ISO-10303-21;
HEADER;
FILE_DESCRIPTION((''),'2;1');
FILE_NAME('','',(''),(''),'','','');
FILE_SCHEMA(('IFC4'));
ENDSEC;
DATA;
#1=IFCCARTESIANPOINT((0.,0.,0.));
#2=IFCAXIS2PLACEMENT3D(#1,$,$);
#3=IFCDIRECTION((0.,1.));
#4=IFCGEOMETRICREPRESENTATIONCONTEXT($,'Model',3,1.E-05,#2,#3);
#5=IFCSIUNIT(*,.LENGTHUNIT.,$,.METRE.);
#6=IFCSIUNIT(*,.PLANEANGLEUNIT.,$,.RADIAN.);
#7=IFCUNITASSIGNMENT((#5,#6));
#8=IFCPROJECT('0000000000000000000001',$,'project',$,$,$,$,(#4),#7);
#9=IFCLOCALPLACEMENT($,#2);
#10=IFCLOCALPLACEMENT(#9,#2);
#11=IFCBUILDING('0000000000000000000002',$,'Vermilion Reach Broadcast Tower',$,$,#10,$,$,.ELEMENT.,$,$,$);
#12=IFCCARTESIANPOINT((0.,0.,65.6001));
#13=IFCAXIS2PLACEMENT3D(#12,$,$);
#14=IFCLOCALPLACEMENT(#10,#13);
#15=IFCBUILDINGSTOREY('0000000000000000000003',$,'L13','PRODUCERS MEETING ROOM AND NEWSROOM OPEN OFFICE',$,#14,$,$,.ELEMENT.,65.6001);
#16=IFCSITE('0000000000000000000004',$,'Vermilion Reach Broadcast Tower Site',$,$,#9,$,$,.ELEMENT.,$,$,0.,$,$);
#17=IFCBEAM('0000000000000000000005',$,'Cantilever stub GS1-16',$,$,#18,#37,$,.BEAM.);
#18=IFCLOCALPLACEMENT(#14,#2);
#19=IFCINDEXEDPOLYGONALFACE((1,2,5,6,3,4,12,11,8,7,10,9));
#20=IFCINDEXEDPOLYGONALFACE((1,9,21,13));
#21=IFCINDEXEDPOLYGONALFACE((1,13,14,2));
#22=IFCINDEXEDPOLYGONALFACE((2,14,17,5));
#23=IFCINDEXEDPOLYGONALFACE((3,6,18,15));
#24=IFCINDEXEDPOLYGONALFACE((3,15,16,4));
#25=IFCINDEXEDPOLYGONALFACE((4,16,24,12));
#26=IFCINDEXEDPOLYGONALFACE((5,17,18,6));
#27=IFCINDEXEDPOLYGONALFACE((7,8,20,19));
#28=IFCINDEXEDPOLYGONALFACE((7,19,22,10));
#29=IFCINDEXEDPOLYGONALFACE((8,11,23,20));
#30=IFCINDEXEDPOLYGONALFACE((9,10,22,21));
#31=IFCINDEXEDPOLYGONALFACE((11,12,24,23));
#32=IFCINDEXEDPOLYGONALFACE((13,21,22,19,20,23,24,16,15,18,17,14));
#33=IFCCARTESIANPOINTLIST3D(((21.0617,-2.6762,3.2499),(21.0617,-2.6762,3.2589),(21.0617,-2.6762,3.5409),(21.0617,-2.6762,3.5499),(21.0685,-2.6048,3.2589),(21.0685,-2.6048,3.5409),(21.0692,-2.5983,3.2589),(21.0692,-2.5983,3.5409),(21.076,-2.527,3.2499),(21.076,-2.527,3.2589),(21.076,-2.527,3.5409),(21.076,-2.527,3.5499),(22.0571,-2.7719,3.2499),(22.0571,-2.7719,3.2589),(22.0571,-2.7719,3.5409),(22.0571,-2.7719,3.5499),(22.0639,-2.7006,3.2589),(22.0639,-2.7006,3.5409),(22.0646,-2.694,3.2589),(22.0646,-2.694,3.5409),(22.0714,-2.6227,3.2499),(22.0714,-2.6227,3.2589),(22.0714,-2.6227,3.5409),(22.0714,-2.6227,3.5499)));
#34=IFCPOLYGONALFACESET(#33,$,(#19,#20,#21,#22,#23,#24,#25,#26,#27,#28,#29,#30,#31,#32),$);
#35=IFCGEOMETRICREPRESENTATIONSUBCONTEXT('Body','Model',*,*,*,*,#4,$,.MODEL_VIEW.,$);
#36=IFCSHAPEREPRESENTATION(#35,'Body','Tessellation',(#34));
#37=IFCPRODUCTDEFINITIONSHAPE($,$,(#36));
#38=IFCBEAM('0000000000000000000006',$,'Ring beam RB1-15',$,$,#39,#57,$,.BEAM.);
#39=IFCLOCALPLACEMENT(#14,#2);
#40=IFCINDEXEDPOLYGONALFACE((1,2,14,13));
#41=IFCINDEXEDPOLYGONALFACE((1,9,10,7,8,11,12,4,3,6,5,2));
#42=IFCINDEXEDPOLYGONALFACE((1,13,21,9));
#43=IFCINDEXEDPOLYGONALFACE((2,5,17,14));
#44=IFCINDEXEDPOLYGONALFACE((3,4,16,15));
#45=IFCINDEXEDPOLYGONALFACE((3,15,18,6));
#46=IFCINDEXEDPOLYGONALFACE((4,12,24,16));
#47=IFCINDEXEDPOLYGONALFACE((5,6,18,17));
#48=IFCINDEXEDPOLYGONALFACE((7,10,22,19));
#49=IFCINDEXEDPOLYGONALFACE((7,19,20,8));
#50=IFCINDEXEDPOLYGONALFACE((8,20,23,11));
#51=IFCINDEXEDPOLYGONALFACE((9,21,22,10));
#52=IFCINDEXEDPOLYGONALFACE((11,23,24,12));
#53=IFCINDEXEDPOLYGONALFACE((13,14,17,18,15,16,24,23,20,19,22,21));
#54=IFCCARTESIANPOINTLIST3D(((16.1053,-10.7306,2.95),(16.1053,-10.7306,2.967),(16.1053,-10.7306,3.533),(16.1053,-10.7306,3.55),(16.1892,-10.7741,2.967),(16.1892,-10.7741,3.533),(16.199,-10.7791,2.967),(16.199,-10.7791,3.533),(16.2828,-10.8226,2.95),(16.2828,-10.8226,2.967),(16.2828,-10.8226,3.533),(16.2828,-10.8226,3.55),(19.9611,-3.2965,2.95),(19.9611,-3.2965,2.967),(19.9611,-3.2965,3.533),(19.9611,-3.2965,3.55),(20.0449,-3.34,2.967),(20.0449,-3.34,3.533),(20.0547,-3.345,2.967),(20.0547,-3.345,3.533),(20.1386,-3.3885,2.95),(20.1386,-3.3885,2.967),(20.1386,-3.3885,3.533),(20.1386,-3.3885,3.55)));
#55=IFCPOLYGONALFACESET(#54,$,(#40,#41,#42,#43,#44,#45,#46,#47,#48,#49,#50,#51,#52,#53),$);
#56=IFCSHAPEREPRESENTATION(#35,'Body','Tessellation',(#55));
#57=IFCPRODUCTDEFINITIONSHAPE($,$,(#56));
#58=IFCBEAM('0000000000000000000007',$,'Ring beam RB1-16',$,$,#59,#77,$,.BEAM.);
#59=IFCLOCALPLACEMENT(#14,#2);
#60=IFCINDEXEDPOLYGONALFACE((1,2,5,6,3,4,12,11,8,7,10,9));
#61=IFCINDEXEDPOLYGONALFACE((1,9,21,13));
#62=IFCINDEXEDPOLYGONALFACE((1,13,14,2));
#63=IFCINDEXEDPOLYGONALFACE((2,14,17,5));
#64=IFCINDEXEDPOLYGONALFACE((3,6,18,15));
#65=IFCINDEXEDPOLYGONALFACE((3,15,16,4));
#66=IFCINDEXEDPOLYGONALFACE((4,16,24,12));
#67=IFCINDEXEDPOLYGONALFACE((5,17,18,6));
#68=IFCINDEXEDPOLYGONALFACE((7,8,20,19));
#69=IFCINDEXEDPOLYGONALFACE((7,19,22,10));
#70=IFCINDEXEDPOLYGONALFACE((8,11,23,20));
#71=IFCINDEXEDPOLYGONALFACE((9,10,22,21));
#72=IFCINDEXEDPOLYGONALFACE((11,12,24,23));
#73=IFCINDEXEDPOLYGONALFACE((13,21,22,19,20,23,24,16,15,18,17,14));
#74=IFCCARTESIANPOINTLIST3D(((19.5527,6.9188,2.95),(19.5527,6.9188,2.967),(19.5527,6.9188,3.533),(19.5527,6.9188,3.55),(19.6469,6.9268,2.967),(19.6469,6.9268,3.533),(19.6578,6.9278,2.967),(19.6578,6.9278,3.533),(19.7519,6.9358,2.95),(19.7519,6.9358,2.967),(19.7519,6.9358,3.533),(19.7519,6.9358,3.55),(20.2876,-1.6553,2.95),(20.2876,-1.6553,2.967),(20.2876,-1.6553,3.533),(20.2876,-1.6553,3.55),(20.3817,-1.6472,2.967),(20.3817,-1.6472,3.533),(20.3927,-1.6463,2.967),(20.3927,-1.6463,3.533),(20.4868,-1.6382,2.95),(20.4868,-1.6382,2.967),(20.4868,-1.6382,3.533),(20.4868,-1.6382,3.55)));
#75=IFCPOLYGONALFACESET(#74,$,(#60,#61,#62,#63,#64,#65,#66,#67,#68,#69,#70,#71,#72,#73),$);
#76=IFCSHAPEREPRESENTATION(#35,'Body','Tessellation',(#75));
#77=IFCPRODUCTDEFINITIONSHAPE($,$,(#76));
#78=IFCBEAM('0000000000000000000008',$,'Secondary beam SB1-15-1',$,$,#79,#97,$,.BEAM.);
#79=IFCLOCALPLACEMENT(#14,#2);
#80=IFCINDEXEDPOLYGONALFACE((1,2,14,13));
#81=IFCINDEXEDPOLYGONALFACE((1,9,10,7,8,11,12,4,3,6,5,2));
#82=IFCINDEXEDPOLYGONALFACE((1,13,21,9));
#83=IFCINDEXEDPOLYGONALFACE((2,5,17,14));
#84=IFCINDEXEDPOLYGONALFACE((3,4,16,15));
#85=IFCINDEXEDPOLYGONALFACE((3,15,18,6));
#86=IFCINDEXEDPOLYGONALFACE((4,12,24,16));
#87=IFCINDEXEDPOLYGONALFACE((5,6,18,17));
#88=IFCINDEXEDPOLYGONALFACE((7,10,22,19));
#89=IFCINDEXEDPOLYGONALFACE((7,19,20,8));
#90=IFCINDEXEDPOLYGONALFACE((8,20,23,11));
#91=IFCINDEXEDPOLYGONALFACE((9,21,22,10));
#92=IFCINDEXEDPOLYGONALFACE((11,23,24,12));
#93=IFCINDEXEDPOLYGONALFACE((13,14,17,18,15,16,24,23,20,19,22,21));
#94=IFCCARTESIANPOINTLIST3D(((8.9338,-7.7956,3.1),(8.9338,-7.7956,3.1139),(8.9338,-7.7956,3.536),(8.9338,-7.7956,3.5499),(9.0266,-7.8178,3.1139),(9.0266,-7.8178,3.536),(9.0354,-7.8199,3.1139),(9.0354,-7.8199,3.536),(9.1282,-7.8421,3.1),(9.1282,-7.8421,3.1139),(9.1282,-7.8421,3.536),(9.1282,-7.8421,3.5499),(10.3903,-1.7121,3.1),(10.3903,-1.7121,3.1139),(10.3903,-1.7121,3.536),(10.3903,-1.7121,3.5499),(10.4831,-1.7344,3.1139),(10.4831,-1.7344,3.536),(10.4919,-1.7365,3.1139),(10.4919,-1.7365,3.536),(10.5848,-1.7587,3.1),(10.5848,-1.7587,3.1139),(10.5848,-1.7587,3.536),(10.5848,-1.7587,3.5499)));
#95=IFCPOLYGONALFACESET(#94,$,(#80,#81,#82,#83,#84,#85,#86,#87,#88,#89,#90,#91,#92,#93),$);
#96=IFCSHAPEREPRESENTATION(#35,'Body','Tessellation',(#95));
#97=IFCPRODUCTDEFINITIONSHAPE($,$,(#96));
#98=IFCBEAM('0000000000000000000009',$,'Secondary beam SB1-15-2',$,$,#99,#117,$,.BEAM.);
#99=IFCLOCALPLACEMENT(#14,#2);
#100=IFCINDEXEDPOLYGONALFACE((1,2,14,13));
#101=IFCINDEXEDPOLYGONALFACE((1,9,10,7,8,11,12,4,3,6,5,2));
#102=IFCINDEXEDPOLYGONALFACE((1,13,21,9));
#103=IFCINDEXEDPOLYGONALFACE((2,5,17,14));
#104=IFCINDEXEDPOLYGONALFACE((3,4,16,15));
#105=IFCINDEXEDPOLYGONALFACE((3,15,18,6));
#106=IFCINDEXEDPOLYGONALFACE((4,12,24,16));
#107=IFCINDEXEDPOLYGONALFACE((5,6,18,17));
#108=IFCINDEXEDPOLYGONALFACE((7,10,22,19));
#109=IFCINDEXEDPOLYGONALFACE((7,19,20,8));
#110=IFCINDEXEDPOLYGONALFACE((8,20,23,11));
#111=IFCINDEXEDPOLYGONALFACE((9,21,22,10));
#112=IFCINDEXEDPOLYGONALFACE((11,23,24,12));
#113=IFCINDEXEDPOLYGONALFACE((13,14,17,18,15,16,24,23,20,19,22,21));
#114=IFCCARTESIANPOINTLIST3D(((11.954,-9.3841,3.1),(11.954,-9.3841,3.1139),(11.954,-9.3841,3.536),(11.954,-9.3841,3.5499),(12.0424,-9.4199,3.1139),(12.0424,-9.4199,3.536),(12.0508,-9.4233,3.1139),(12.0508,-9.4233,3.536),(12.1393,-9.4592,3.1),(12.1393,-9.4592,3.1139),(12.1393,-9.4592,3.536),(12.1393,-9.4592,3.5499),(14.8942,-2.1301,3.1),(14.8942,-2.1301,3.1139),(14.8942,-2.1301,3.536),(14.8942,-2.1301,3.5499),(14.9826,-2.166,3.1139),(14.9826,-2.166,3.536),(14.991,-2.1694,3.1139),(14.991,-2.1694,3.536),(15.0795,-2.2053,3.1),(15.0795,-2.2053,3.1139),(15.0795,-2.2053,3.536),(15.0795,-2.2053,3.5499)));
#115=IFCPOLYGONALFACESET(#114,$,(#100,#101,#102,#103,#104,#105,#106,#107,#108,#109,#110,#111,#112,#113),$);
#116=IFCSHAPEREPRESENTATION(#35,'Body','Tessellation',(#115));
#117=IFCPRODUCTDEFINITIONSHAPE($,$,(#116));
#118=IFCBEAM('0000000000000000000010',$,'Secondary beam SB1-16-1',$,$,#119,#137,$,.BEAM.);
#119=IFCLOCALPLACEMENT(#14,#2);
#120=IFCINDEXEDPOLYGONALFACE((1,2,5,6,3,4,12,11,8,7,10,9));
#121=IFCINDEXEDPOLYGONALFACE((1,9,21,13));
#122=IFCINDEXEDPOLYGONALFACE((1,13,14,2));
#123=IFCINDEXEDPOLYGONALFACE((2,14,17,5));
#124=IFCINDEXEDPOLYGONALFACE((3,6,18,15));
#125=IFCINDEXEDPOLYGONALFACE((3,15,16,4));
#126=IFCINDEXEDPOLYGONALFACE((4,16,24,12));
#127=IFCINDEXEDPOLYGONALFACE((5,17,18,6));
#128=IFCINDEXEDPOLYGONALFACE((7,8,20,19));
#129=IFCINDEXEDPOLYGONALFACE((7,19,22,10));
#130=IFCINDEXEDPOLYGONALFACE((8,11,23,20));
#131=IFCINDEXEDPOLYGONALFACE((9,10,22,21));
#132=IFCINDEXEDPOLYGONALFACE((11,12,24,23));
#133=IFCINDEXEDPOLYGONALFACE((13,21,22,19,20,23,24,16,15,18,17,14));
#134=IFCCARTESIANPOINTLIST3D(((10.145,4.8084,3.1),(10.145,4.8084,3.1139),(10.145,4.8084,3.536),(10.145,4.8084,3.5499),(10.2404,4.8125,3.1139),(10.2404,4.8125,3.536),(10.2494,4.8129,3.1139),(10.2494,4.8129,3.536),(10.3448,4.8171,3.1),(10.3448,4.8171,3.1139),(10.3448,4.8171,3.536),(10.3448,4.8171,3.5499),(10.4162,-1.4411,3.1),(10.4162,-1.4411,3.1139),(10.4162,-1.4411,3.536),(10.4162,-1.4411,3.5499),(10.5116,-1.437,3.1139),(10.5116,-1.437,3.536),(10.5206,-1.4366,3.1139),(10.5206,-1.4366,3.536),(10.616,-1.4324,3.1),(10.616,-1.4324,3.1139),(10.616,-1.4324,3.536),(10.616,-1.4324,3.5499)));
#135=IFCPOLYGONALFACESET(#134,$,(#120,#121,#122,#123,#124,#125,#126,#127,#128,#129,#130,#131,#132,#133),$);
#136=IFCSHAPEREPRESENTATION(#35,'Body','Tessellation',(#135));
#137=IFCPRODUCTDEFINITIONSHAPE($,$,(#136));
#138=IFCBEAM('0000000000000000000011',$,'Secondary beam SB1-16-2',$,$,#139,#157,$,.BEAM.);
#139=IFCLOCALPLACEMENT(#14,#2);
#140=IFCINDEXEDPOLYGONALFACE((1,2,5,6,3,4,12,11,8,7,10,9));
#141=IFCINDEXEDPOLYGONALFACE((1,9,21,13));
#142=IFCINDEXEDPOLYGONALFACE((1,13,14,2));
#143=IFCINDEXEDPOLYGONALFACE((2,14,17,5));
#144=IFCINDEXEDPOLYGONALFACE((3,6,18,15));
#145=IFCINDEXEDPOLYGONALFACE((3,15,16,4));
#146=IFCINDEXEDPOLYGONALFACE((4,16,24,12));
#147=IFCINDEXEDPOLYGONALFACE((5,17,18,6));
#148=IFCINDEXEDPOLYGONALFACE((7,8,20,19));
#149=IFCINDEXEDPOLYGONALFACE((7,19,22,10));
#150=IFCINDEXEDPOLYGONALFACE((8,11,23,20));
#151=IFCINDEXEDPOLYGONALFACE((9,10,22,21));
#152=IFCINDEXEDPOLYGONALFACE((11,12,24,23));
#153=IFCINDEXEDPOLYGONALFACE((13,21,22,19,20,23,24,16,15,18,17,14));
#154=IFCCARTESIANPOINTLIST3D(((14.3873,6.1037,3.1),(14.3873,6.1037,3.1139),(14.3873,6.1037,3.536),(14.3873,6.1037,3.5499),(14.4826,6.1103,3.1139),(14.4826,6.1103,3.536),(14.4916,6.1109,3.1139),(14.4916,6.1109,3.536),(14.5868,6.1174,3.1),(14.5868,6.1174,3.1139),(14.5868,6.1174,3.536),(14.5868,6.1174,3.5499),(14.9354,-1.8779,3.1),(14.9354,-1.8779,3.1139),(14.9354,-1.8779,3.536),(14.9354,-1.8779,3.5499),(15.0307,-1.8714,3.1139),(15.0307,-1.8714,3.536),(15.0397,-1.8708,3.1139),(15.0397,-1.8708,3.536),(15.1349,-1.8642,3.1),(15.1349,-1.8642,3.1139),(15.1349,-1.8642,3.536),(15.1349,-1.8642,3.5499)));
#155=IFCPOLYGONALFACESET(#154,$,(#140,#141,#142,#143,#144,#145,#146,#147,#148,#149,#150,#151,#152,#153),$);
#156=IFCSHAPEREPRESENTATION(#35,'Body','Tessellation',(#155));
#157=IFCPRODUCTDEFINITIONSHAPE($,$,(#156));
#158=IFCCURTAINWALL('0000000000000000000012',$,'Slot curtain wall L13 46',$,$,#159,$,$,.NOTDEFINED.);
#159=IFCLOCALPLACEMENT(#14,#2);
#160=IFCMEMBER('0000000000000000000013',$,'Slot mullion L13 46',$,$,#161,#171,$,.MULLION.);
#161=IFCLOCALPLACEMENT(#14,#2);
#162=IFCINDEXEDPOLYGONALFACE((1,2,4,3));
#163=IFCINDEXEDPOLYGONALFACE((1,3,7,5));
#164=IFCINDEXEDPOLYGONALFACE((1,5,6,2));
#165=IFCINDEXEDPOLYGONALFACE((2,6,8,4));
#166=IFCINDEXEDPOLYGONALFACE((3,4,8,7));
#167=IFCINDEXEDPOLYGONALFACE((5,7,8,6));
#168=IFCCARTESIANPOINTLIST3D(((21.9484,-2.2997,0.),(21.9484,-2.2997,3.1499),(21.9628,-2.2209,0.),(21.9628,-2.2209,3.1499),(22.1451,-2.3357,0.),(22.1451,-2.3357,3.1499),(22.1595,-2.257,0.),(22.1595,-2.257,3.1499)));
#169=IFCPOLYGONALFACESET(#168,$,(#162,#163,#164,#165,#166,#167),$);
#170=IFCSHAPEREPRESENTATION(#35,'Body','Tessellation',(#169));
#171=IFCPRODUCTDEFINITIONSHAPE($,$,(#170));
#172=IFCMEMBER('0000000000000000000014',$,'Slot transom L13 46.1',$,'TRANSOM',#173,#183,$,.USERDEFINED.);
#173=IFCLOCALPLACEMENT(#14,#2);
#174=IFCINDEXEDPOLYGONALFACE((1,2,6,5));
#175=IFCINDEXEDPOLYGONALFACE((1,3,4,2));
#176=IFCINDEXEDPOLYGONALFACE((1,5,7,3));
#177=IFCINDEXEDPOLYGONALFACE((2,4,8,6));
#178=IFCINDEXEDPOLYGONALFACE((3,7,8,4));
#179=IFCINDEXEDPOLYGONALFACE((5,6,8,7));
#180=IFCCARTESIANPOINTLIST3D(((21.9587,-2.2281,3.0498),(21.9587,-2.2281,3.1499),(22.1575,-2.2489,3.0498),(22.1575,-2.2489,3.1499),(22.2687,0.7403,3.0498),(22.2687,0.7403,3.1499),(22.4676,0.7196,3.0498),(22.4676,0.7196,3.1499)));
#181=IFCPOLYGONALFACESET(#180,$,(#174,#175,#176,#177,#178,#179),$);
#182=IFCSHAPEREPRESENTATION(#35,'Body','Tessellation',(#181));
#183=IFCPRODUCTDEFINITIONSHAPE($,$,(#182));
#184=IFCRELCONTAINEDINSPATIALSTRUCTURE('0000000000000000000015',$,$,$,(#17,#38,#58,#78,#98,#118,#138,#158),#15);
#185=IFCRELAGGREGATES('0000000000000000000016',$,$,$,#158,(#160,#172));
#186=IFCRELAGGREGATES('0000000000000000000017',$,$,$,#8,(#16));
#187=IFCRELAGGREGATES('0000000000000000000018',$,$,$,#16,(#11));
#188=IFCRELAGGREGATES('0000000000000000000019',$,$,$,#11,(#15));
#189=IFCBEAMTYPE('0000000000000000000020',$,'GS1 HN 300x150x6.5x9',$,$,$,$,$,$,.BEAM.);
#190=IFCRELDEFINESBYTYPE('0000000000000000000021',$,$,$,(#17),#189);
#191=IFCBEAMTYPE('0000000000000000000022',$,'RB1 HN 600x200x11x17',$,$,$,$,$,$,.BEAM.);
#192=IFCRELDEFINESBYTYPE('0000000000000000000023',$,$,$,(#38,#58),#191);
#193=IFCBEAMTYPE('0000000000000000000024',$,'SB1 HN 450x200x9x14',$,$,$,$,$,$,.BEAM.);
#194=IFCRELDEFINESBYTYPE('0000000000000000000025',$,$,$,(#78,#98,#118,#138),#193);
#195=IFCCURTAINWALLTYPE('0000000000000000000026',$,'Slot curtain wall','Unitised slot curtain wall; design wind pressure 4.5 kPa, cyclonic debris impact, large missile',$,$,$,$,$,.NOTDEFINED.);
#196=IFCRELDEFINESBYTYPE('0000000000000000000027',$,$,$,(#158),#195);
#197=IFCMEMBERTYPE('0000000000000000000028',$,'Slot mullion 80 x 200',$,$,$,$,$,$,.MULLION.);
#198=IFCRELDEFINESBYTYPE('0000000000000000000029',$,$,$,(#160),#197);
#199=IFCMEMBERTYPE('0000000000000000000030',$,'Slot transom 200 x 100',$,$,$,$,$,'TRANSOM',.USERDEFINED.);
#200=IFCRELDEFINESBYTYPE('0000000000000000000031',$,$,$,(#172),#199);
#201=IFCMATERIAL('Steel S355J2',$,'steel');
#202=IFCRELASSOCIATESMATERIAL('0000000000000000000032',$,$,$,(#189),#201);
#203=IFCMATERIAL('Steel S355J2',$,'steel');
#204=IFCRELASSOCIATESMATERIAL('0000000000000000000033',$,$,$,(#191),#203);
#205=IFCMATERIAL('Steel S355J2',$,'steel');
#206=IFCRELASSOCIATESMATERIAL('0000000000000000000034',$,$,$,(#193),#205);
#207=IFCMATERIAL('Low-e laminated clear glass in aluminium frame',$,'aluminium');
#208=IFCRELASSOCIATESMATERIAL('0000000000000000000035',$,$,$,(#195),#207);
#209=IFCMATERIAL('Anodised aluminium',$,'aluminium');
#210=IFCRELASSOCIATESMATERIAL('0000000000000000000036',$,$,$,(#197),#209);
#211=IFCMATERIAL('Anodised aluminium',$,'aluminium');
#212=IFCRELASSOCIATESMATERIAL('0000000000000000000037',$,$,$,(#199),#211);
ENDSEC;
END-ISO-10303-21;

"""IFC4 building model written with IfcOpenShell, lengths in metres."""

from ifc_helpers import new_model, si_unit, direction, frame, origin, origin_2d, place, context, subcontext, project, spatial, rectangle, i_section, extrude, material, material_profile, profile_set, type_object, element, aggregate, save


model = new_model("IFC4")

# Units and contexts
model_context = context("Model", 3, precision=1e-05, world=origin(), true_north=direction((0.0, 1.0)))
body_context = subcontext(model_context, "Body", "Model", "MODEL_VIEW")
ifc_project = project(units=[si_unit("LENGTHUNIT", "METRE"), si_unit("PLANEANGLEUNIT", "RADIAN")], contexts=[model_context])

# Site, building, storey
site_placement = place(None, origin())
site = spatial("IfcSite", under=ifc_project, at=site_placement, Name="Vermilion Reach Broadcast Tower Site", CompositionType="ELEMENT", RefElevation=0.0)
building_placement = place(site_placement, origin())
building = spatial("IfcBuilding", under=site, at=building_placement, Name="Vermilion Reach Broadcast Tower", CompositionType="ELEMENT")
storey_placement = place(building_placement, frame((0.0, 0.0, 65.6001)))
storey = spatial("IfcBuildingStorey", under=building, at=storey_placement, Name="L13", Description="PRODUCERS MEETING ROOM AND NEWSROOM OPEN OFFICE", CompositionType="ELEMENT", Elevation=65.6001)

# Beams
ifc_material_1 = material(Name="Steel S355J2", Category="steel")
ifc_material_profile_1 = material_profile(ifc_material_1, i_section(OverallWidth=0.1499, OverallDepth=0.3, WebThickness=0.0066, FlangeThickness=0.009, at=origin_2d()), Name="S355J2 HN 300x150x6.5x9")
ifc_profile_set_1 = profile_set([ifc_material_profile_1], Name="Steel S355J2")
beam_type_1 = type_object("IfcBeamType", Name="GS1 HN 300x150x6.5x9", PredefinedType="BEAM", material=ifc_profile_set_1)
beam_1_placement = place(storey_placement, frame((21.0688, -2.6016, 3.3999), z_axis=(0.995409, -0.095708, 0.0), x_axis=(0.095708, 0.995409, 0.0)))
element("IfcBeam", 1, at=beam_1_placement, inside=storey, type_object=beam_type_1, Name="Cantilever stub GS1-16", PredefinedType="BEAM", context=body_context, shape_type="SweptSolid", body=[
    extrude(i_section(OverallWidth=0.1499, OverallDepth=0.3, WebThickness=0.0066, FlangeThickness=0.009, at=origin_2d()), origin(), (0.0, 0.0, 1.0), 1.0),
])
ifc_material_2 = material(Name="Steel S355J2", Category="steel")
ifc_material_profile_2 = material_profile(ifc_material_2, i_section(OverallWidth=0.2, OverallDepth=0.6001, WebThickness=0.011, FlangeThickness=0.0171, at=origin_2d()), Name="S355J2 HN 600x200x11x17")
ifc_profile_set_2 = profile_set([ifc_material_profile_2], Name="Steel S355J2")
beam_type_2 = type_object("IfcBeamType", Name="RB1 HN 600x200x11x17", PredefinedType="BEAM", material=ifc_profile_set_2)
beam_2_placement = place(storey_placement, frame((16.1941, -10.7766, 3.25), z_axis=(0.460412, 0.887706, 0.0), x_axis=(-0.887706, 0.460412, 0.0)))
element("IfcBeam", 2, at=beam_2_placement, inside=storey, type_object=beam_type_2, Name="Ring beam RB1-15", PredefinedType="BEAM", context=body_context, shape_type="SweptSolid", body=[
    extrude(i_section(OverallWidth=0.2, OverallDepth=0.6001, WebThickness=0.011, FlangeThickness=0.0171, at=origin_2d()), origin(), (0.0, 0.0, 1.0), 8.3745),
])
beam_3_placement = place(storey_placement, frame((20.3872, -1.6467, 3.25), z_axis=(-0.085396, 0.996347, 0.0), x_axis=(-0.996347, -0.085396, 0.0)))
element("IfcBeam", 3, at=beam_3_placement, inside=storey, type_object=beam_type_2, Name="Ring beam RB1-16", PredefinedType="BEAM", context=body_context, shape_type="SweptSolid", body=[
    extrude(i_section(OverallWidth=0.2, OverallDepth=0.6001, WebThickness=0.011, FlangeThickness=0.0171, at=origin_2d()), origin(), (0.0, 0.0, 1.0), 8.6055),
])
ifc_material_3 = material(Name="Steel S355J2", Category="steel")
ifc_material_profile_3 = material_profile(ifc_material_3, i_section(OverallWidth=0.2, OverallDepth=0.45, WebThickness=0.009, FlangeThickness=0.0139, at=origin_2d()), Name="S355J2 HN 450x200x9x14")
ifc_profile_set_3 = profile_set([ifc_material_profile_3], Name="Steel S355J2")
beam_type_3 = type_object("IfcBeamType", Name="SB1 HN 450x200x9x14", PredefinedType="BEAM", material=ifc_profile_set_3)
beam_4_placement = place(storey_placement, frame((9.031, -7.8188, 3.325), z_axis=(0.232844, 0.972514, 0.0), x_axis=(-0.972514, 0.232844, 0.0)))
element("IfcBeam", 4, at=beam_4_placement, inside=storey, type_object=beam_type_3, Name="Secondary beam SB1-15-1", PredefinedType="BEAM", context=body_context, shape_type="SweptSolid", body=[
    extrude(i_section(OverallWidth=0.2, OverallDepth=0.45, WebThickness=0.009, FlangeThickness=0.0139, at=origin_2d()), origin(), (0.0, 0.0, 1.0), 6.2554),
])
beam_5_placement = place(storey_placement, frame((12.0466, -9.4216, 3.325), z_axis=(0.375641, 0.926765, 0.0), x_axis=(-0.926765, 0.375641, 0.0)))
element("IfcBeam", 5, at=beam_5_placement, inside=storey, type_object=beam_type_3, Name="Secondary beam SB1-15-2", PredefinedType="BEAM", context=body_context, shape_type="SweptSolid", body=[
    extrude(i_section(OverallWidth=0.2, OverallDepth=0.45, WebThickness=0.009, FlangeThickness=0.0139, at=origin_2d()), origin(), (0.0, 0.0, 1.0), 7.8271),
])
beam_6_placement = place(storey_placement, frame((10.5161, -1.4368, 3.325), z_axis=(-0.043361, 0.999059, 0.0), x_axis=(-0.999059, -0.043361, 0.0)))
element("IfcBeam", 6, at=beam_6_placement, inside=storey, type_object=beam_type_3, Name="Secondary beam SB1-16-1", PredefinedType="BEAM", context=body_context, shape_type="SweptSolid", body=[
    extrude(i_section(OverallWidth=0.2, OverallDepth=0.45, WebThickness=0.009, FlangeThickness=0.0139, at=origin_2d()), origin(), (0.0, 0.0, 1.0), 6.2554),
])
beam_7_placement = place(storey_placement, frame((15.0352, -1.8711, 3.325), z_axis=(-0.068508, 0.997651, 0.0), x_axis=(-0.997651, -0.068508, 0.0)))
element("IfcBeam", 7, at=beam_7_placement, inside=storey, type_object=beam_type_3, Name="Secondary beam SB1-16-2", PredefinedType="BEAM", context=body_context, shape_type="SweptSolid", body=[
    extrude(i_section(OverallWidth=0.2, OverallDepth=0.45, WebThickness=0.009, FlangeThickness=0.0139, at=origin_2d()), origin(), (0.0, 0.0, 1.0), 8.0005),
])

# Curtain wall, members
ifc_material_4 = material(Name="Low-e laminated clear glass in aluminium frame", Category="aluminium")
curtain_wall_type = type_object("IfcCurtainWallType", Name="Slot curtain wall", Description="Unitised slot curtain wall; design wind pressure 4.5 kPa, cyclonic debris impact, large missile", PredefinedType="NOTDEFINED", material=ifc_material_4)
curtain_wall_placement = place(storey_placement, origin())
curtain_wall = element("IfcCurtainWall", 8, at=curtain_wall_placement, inside=storey, type_object=curtain_wall_type, Name="Slot curtain wall L13 46", PredefinedType="NOTDEFINED")
ifc_material_5 = material(Name="Anodised aluminium", Category="aluminium")
ifc_material_profile_4 = material_profile(ifc_material_5, rectangle(XDim=0.2, YDim=0.0801, at=origin_2d()), Name="Slot mullion 80 x 200")
ifc_profile_set_4 = profile_set([ifc_material_profile_4], Name="Anodised aluminium")
member_type_1 = type_object("IfcMemberType", Name="Slot mullion 80 x 200", PredefinedType="MULLION", material=ifc_profile_set_4)
member_1_placement = place(storey_placement, frame((22.054, -2.2783, 0.0), z_axis=(0.0, 0.0, 1.0), x_axis=(-0.983592, 0.180406, 0.0)))
member_1 = element("IfcMember", 9, at=member_1_placement, type_object=member_type_1, Name="Slot mullion L13 46", PredefinedType="MULLION", context=body_context, shape_type="SweptSolid", body=[
    extrude(rectangle(XDim=0.2, YDim=0.0801, at=origin_2d()), origin(), (0.0, 0.0, 1.0), 3.1499),
])
ifc_material_6 = material(Name="Anodised aluminium", Category="aluminium")
ifc_material_profile_5 = material_profile(ifc_material_6, rectangle(XDim=0.2, YDim=0.1001, at=origin_2d()), Name="Slot transom 200 x 100")
ifc_profile_set_5 = profile_set([ifc_material_profile_5], Name="Anodised aluminium")
member_type_2 = type_object("IfcMemberType", Name="Slot transom 200 x 100", ElementType="TRANSOM", PredefinedType="USERDEFINED", material=ifc_profile_set_5)
member_2_placement = place(storey_placement, frame((22.0581, -2.2385, 3.0999), z_axis=(0.103884, 0.994589, 0.0), x_axis=(-0.994589, 0.103884, 0.0)))
member_2 = element("IfcMember", 10, at=member_2_placement, type_object=member_type_2, Name="Slot transom L13 46.1", ObjectType="TRANSOM", PredefinedType="USERDEFINED", context=body_context, shape_type="SweptSolid", body=[
    extrude(rectangle(XDim=0.2, YDim=0.1001, at=origin_2d()), origin(), (0.0, 0.0, 1.0), 2.9846),
])
aggregate(curtain_wall, [member_1, member_2])

save(model, "model.ifc")
